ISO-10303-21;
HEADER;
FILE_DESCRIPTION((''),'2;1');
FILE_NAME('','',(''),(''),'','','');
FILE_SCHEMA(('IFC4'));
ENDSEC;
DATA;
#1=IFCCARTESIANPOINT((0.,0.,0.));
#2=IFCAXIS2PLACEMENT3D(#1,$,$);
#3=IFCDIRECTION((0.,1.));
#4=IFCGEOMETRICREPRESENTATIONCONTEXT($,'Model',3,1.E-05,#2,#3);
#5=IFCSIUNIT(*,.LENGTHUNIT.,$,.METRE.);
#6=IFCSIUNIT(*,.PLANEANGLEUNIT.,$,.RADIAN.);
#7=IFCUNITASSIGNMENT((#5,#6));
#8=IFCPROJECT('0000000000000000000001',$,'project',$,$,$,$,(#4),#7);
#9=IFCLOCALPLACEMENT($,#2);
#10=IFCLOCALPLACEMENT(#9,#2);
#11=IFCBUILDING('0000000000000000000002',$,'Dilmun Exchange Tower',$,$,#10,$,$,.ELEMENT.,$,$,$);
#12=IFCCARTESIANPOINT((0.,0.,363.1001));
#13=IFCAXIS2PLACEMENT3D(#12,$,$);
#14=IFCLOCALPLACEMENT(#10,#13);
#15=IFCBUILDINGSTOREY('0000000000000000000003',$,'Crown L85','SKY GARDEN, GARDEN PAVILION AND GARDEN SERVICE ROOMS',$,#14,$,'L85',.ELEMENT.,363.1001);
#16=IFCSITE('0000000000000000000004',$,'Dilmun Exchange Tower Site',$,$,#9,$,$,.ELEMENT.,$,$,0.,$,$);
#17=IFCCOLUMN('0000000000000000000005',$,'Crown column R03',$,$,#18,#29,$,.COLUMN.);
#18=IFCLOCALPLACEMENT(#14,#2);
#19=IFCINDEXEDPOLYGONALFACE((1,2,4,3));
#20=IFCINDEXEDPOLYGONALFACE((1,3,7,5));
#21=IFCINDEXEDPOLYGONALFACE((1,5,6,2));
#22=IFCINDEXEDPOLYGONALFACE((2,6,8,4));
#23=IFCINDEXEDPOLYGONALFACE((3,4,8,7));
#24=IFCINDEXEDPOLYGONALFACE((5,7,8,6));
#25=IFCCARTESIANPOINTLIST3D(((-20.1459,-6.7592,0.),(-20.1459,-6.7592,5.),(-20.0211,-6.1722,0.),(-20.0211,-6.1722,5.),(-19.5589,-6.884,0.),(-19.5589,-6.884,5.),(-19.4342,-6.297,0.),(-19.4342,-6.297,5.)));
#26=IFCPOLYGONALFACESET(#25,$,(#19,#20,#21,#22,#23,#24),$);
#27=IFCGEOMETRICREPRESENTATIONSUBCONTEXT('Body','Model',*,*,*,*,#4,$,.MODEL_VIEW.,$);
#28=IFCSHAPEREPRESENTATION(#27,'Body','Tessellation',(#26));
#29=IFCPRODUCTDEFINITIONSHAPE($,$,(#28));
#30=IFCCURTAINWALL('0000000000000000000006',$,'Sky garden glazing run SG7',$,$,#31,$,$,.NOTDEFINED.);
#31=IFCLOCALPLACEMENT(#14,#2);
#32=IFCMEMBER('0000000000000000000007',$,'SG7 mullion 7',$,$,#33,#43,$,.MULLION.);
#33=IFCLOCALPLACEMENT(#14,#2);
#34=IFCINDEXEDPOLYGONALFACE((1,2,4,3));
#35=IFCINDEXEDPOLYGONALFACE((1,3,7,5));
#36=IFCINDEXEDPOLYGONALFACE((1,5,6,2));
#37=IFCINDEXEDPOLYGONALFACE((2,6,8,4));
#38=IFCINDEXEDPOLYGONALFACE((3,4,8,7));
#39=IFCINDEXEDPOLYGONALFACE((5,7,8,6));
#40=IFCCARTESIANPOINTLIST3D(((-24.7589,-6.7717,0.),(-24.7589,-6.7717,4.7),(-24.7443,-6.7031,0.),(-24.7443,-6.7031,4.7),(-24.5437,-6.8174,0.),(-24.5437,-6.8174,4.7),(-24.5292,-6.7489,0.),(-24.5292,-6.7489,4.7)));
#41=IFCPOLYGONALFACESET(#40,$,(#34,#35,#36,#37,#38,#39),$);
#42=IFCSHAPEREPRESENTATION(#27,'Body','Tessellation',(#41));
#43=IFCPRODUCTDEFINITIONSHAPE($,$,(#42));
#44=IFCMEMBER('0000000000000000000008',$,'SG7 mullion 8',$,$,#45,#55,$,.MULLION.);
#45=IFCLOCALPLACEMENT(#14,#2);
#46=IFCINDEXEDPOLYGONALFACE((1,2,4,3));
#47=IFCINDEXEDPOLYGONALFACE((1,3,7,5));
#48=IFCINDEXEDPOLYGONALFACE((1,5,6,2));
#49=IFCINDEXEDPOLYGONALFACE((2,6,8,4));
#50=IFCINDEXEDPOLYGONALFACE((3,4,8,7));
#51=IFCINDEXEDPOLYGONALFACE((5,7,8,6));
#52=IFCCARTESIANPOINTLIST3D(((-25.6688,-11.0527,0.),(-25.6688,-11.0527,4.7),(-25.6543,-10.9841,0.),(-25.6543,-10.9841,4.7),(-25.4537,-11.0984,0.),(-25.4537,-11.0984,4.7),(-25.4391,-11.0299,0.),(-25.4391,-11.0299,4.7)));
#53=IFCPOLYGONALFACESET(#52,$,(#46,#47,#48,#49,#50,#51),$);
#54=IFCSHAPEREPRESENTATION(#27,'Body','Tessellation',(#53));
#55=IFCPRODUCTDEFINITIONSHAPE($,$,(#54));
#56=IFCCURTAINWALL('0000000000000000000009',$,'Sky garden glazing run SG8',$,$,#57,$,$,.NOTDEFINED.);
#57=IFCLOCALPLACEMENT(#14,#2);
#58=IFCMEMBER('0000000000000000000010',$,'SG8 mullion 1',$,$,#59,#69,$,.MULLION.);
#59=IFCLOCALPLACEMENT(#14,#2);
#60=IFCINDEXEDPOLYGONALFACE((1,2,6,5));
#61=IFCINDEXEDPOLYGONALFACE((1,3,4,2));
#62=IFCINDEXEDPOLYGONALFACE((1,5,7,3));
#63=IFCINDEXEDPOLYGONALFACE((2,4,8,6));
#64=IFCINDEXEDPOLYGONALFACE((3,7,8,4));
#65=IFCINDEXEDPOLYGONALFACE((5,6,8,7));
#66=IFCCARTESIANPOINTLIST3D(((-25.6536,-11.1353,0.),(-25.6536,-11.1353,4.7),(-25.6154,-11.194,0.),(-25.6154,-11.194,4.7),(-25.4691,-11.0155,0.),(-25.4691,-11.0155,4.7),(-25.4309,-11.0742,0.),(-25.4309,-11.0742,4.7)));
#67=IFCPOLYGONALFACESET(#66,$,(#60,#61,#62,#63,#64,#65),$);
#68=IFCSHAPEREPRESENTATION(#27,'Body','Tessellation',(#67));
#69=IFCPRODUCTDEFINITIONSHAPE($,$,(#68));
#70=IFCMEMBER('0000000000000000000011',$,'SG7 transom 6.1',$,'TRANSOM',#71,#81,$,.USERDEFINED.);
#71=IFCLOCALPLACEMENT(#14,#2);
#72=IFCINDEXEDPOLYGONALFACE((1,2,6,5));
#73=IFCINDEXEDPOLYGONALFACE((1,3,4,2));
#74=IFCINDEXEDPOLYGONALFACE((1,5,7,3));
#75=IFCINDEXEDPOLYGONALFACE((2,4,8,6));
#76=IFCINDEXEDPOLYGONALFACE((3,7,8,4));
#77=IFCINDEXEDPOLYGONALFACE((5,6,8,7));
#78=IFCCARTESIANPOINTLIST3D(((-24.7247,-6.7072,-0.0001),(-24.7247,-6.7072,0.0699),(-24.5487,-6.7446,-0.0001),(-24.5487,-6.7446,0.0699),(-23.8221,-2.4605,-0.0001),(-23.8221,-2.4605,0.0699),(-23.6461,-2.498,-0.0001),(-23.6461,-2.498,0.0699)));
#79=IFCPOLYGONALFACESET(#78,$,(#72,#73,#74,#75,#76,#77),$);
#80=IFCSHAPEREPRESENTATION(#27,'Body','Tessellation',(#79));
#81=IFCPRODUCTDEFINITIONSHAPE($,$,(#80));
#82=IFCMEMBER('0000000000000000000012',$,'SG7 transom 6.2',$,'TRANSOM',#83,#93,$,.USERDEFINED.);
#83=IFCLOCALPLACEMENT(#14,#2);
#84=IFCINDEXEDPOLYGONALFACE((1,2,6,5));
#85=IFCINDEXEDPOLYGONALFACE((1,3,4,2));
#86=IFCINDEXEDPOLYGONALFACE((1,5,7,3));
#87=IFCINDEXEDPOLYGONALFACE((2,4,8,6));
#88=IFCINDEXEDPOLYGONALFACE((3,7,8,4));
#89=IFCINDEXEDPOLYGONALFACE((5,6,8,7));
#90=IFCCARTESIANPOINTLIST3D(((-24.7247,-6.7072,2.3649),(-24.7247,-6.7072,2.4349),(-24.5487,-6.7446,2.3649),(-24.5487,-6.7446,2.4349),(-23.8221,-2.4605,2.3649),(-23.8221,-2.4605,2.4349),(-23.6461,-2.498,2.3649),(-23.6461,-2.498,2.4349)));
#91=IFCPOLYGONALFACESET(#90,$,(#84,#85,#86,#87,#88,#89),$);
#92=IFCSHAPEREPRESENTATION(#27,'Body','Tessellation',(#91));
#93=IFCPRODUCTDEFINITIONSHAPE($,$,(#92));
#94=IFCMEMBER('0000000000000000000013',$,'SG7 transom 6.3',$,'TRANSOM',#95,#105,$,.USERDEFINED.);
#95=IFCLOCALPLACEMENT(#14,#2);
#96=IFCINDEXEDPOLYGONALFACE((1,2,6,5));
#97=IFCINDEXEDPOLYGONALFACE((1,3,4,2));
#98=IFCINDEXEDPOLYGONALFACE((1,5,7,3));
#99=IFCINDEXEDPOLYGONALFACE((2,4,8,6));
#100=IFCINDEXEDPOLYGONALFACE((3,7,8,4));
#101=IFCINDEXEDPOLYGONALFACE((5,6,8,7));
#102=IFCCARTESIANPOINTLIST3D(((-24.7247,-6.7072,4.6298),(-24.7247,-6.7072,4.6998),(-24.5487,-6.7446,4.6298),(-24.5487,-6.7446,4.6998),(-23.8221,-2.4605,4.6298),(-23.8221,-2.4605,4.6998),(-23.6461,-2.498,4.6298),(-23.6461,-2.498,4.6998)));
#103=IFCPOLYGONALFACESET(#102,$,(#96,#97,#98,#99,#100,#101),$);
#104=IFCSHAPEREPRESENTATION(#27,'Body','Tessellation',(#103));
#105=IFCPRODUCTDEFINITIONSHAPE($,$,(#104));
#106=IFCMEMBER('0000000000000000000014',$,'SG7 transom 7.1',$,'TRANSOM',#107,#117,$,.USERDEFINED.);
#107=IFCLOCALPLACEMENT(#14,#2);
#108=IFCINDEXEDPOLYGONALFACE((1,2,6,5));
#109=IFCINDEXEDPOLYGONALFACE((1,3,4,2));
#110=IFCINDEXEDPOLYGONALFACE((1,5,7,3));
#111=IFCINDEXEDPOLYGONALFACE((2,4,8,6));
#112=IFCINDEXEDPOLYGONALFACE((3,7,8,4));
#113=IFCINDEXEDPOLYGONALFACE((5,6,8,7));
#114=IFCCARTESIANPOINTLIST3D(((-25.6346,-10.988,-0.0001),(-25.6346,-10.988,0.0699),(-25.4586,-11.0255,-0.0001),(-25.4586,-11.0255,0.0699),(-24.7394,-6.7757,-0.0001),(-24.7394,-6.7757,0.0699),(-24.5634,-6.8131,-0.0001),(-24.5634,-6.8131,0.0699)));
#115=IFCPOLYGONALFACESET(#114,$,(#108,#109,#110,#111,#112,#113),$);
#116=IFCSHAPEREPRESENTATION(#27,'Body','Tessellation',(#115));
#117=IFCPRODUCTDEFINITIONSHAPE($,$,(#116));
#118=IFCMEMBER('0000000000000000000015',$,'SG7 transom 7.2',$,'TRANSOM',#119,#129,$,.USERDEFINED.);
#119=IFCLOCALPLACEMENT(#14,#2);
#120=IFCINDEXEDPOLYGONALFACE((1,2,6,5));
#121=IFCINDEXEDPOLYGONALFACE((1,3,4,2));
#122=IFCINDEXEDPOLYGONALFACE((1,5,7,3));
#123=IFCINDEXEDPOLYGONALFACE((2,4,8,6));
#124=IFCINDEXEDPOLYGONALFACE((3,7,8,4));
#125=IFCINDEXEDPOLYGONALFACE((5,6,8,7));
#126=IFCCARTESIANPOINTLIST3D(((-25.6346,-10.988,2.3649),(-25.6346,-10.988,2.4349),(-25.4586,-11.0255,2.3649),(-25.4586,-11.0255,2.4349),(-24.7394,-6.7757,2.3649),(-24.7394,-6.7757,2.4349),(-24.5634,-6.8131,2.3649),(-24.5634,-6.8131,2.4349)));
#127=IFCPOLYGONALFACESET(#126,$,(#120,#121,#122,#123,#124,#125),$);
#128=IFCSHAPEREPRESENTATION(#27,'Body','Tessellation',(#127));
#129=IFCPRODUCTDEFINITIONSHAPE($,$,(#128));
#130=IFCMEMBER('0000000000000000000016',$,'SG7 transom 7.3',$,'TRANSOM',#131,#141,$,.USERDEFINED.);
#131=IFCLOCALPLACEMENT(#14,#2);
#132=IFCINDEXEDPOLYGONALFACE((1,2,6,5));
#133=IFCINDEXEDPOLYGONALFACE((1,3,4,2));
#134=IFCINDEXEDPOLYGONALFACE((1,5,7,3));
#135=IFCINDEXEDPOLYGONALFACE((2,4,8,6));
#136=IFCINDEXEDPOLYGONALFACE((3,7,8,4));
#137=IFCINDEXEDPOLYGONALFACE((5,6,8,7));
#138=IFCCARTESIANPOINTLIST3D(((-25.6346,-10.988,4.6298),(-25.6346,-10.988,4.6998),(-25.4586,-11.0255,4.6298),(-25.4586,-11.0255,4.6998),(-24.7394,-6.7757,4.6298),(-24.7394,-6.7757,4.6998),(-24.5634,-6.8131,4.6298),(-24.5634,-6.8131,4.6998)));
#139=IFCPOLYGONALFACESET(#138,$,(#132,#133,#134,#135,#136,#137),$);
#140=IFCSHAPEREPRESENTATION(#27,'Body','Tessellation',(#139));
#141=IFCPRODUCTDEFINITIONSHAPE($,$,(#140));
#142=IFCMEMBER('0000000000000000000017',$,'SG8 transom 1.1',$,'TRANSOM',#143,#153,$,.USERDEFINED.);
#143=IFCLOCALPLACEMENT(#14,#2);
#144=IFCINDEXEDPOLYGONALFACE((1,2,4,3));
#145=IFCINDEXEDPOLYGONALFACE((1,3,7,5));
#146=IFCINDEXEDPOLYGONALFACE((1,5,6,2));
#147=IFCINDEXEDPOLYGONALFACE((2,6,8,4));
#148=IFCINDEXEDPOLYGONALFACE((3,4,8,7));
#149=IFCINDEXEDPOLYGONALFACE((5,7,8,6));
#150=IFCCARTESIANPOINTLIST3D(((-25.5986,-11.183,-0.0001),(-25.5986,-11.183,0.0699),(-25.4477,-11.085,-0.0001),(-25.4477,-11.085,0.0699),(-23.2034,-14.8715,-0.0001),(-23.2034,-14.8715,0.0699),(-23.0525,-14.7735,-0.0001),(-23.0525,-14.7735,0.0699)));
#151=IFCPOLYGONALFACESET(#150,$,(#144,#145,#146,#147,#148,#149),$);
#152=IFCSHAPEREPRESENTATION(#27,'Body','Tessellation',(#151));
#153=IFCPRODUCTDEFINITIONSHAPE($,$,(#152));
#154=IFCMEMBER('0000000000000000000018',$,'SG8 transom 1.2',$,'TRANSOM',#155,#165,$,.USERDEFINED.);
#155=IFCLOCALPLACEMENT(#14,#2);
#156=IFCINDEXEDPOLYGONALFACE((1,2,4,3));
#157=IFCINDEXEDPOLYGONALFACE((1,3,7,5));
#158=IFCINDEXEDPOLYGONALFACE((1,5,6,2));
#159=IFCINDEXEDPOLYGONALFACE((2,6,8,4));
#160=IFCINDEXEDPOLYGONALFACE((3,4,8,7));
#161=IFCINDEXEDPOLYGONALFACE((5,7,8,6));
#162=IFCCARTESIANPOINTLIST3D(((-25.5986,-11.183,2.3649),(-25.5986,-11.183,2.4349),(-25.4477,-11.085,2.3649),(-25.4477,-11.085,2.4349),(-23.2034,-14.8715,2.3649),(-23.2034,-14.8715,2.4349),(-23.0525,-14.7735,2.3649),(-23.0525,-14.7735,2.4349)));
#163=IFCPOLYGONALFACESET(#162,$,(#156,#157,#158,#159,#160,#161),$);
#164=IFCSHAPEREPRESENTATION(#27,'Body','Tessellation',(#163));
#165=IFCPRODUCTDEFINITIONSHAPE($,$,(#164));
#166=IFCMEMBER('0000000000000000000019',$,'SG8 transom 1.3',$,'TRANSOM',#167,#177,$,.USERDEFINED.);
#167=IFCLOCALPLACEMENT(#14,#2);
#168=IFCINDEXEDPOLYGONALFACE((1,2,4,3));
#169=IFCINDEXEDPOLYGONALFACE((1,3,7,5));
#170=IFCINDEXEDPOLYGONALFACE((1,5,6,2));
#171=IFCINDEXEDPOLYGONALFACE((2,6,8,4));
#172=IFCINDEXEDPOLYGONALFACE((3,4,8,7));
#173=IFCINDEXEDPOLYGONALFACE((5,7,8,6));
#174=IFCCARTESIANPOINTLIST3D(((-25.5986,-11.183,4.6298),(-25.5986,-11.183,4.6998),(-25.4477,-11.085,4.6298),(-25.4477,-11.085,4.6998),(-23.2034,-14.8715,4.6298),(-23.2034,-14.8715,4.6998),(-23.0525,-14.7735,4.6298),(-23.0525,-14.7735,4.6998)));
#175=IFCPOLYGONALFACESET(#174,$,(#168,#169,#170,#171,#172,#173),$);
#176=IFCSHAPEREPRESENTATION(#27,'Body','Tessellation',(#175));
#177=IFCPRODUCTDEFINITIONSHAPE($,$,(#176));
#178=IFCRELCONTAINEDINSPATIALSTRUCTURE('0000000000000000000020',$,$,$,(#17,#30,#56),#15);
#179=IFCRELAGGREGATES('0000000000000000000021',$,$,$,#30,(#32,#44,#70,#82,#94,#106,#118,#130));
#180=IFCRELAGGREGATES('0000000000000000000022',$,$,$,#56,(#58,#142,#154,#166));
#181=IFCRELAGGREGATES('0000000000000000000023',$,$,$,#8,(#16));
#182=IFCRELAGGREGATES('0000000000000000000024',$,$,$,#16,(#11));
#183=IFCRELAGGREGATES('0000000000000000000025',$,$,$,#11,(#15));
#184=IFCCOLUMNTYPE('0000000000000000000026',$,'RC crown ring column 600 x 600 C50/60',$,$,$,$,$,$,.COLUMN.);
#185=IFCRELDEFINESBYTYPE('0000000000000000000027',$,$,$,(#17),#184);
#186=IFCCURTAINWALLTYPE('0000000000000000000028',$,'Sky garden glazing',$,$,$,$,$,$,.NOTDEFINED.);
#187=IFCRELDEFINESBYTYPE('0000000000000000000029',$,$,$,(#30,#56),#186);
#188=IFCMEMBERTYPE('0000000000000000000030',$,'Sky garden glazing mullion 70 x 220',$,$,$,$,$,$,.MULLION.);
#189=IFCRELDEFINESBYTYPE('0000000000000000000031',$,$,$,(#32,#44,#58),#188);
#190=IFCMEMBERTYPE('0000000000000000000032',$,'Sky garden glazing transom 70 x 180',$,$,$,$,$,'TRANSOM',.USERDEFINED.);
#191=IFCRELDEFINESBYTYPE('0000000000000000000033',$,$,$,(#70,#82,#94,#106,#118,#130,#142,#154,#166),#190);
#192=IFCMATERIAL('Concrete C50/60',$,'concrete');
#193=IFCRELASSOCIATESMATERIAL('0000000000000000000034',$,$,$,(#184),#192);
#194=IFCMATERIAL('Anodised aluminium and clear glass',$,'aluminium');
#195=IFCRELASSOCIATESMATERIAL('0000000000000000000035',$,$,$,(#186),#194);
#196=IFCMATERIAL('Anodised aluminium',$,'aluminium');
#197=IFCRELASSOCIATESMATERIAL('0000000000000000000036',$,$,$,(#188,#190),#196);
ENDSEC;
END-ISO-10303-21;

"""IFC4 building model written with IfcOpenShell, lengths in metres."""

from ifc_helpers import new_model, si_unit, direction, frame, origin, origin_2d, place, context, subcontext, project, spatial, rectangle, extrude, material, material_profile, profile_set, type_object, element, aggregate, save


model = new_model("IFC4")

# Units and contexts
model_context = context("Model", 3, precision=1e-05, world=origin(), true_north=direction((0.0, 1.0)))
body_context = subcontext(model_context, "Body", "Model", "MODEL_VIEW")
ifc_project = project(units=[si_unit("LENGTHUNIT", "METRE"), si_unit("PLANEANGLEUNIT", "RADIAN")], contexts=[model_context])

# Site, building, storey
site_placement = place(None, origin())
site = spatial("IfcSite", under=ifc_project, at=site_placement, Name="Dilmun Exchange Tower Site", CompositionType="ELEMENT", RefElevation=0.0)
building_placement = place(site_placement, origin())
building = spatial("IfcBuilding", under=site, at=building_placement, Name="Dilmun Exchange Tower", CompositionType="ELEMENT")
storey_placement = place(building_placement, frame((0.0, 0.0, 363.1001)))
storey = spatial("IfcBuildingStorey", under=building, at=storey_placement, Name="Crown L85", Description="SKY GARDEN, GARDEN PAVILION AND GARDEN SERVICE ROOMS", LongName="L85", CompositionType="ELEMENT", Elevation=363.1001)

# Column
ifc_material_1 = material(Name="Concrete C50/60", Category="concrete")
ifc_material_profile_1 = material_profile(ifc_material_1, rectangle(XDim=0.6001, YDim=0.6001, at=origin_2d()), Name="600 x 600")
ifc_profile_set_1 = profile_set([ifc_material_profile_1], Name="Concrete C50/60")
column_type = type_object("IfcColumnType", Name="RC crown ring column 600 x 600 C50/60", PredefinedType="COLUMN", material=ifc_profile_set_1)
column_placement = place(storey_placement, frame((-19.79, -6.5281, 0.0), z_axis=(0.0, 0.0, 1.0), x_axis=(0.207912, 0.978148, 0.0)))
element("IfcColumn", 1, at=column_placement, inside=storey, type_object=column_type, Name="Crown column R03", PredefinedType="COLUMN", context=body_context, shape_type="SweptSolid", body=[
    extrude(rectangle(XDim=0.6001, YDim=0.6001, at=origin_2d()), origin(), (0.0, 0.0, 1.0), 5.0),
])

# Curtain wall, members
ifc_material_2 = material(Name="Anodised aluminium and clear glass", Category="aluminium")
curtain_wall_type = type_object("IfcCurtainWallType", Name="Sky garden glazing", PredefinedType="NOTDEFINED", material=ifc_material_2)
curtain_wall_1_placement = place(storey_placement, origin())
curtain_wall_1 = element("IfcCurtainWall", 2, at=curtain_wall_1_placement, inside=storey, type_object=curtain_wall_type, Name="Sky garden glazing run SG7", PredefinedType="NOTDEFINED")
ifc_material_3 = material(Name="Anodised aluminium", Category="aluminium")
ifc_material_profile_2 = material_profile(ifc_material_3, rectangle(XDim=0.22, YDim=0.0701, at=origin_2d()), Name="AL 70x220")
ifc_profile_set_2 = profile_set([ifc_material_profile_2], Name="Anodised aluminium")
member_type_1 = type_object("IfcMemberType", Name="Sky garden glazing mullion 70 x 220", PredefinedType="MULLION", material=ifc_profile_set_2)
member_1_placement = place(storey_placement, frame((-24.644, -6.7603, 0.0), z_axis=(0.0, 0.0, 1.0), x_axis=(0.978148, -0.207911, 0.0)))
member_1 = element("IfcMember", 3, at=member_1_placement, type_object=member_type_1, Name="SG7 mullion 7", PredefinedType="MULLION", context=body_context, shape_type="SweptSolid", body=[
    extrude(rectangle(XDim=0.22, YDim=0.0701, at=origin_2d()), origin(), (0.0, 0.0, 1.0), 4.7),
])
member_2_placement = place(storey_placement, frame((-25.554, -11.0413, 0.0), z_axis=(0.0, 0.0, 1.0), x_axis=(0.978148, -0.207911, 0.0)))
member_2 = element("IfcMember", 4, at=member_2_placement, type_object=member_type_1, Name="SG7 mullion 8", PredefinedType="MULLION", context=body_context, shape_type="SweptSolid", body=[
    extrude(rectangle(XDim=0.22, YDim=0.0701, at=origin_2d()), origin(), (0.0, 0.0, 1.0), 4.7),
])

# Curtain wall, member
curtain_wall_2_placement = place(storey_placement, origin())
curtain_wall_2 = element("IfcCurtainWall", 5, at=curtain_wall_2_placement, inside=storey, type_object=curtain_wall_type, Name="Sky garden glazing run SG8", PredefinedType="NOTDEFINED")
member_3_placement = place(storey_placement, frame((-25.5422, -11.1047, 0.0), z_axis=(0.0, 0.0, 1.0), x_axis=(0.838667, 0.544644, 0.0)))
member_3 = element("IfcMember", 6, at=member_3_placement, type_object=member_type_1, Name="SG8 mullion 1", PredefinedType="MULLION", context=body_context, shape_type="SweptSolid", body=[
    extrude(rectangle(XDim=0.22, YDim=0.0701, at=origin_2d()), origin(), (0.0, 0.0, 1.0), 4.7),
])

# Members
ifc_material_profile_3 = material_profile(ifc_material_3, rectangle(XDim=0.1799, YDim=0.0701, at=origin_2d()), Name="AL 70x180")
ifc_profile_set_3 = profile_set([ifc_material_profile_3], Name="Anodised aluminium")
member_type_2 = type_object("IfcMemberType", Name="Sky garden glazing transom 70 x 180", ElementType="TRANSOM", PredefinedType="USERDEFINED", material=ifc_profile_set_3)
member_4_placement = place(storey_placement, frame((-23.7341, -2.4792, 0.0349), z_axis=(-0.2079, -0.97815, 0.0), x_axis=(0.97815, -0.2079, 0.0)))
member_4 = element("IfcMember", 7, at=member_4_placement, type_object=member_type_2, Name="SG7 transom 6.1", ObjectType="TRANSOM", PredefinedType="USERDEFINED", context=body_context, shape_type="SweptSolid", body=[
    extrude(rectangle(XDim=0.1799, YDim=0.0701, at=origin_2d()), origin(), (0.0, 0.0, 1.0), 4.3416),
])
member_5_placement = place(storey_placement, frame((-23.7341, -2.4792, 2.3999), z_axis=(-0.2079, -0.97815, 0.0), x_axis=(0.97815, -0.2079, 0.0)))
member_5 = element("IfcMember", 8, at=member_5_placement, type_object=member_type_2, Name="SG7 transom 6.2", ObjectType="TRANSOM", PredefinedType="USERDEFINED", context=body_context, shape_type="SweptSolid", body=[
    extrude(rectangle(XDim=0.1799, YDim=0.0701, at=origin_2d()), origin(), (0.0, 0.0, 1.0), 4.3416),
])
member_6_placement = place(storey_placement, frame((-23.7341, -2.4792, 4.6648), z_axis=(-0.2079, -0.97815, 0.0), x_axis=(0.97815, -0.2079, 0.0)))
member_6 = element("IfcMember", 9, at=member_6_placement, type_object=member_type_2, Name="SG7 transom 6.3", ObjectType="TRANSOM", PredefinedType="USERDEFINED", context=body_context, shape_type="SweptSolid", body=[
    extrude(rectangle(XDim=0.1799, YDim=0.0701, at=origin_2d()), origin(), (0.0, 0.0, 1.0), 4.3416),
])
member_7_placement = place(storey_placement, frame((-24.6514, -6.7944, 0.0349), z_axis=(-0.207887, -0.978153, 0.0), x_axis=(0.978153, -0.207887, 0.0)))
member_7 = element("IfcMember", 10, at=member_7_placement, type_object=member_type_2, Name="SG7 transom 7.1", ObjectType="TRANSOM", PredefinedType="USERDEFINED", context=body_context, shape_type="SweptSolid", body=[
    extrude(rectangle(XDim=0.1799, YDim=0.0701, at=origin_2d()), origin(), (0.0, 0.0, 1.0), 4.3064),
])
member_8_placement = place(storey_placement, frame((-24.6514, -6.7944, 2.3999), z_axis=(-0.207887, -0.978153, 0.0), x_axis=(0.978153, -0.207887, 0.0)))
member_8 = element("IfcMember", 11, at=member_8_placement, type_object=member_type_2, Name="SG7 transom 7.2", ObjectType="TRANSOM", PredefinedType="USERDEFINED", context=body_context, shape_type="SweptSolid", body=[
    extrude(rectangle(XDim=0.1799, YDim=0.0701, at=origin_2d()), origin(), (0.0, 0.0, 1.0), 4.3064),
])
member_9_placement = place(storey_placement, frame((-24.6514, -6.7944, 4.6648), z_axis=(-0.207887, -0.978153, 0.0), x_axis=(0.978153, -0.207887, 0.0)))
member_9 = element("IfcMember", 12, at=member_9_placement, type_object=member_type_2, Name="SG7 transom 7.3", ObjectType="TRANSOM", PredefinedType="USERDEFINED", context=body_context, shape_type="SweptSolid", body=[
    extrude(rectangle(XDim=0.1799, YDim=0.0701, at=origin_2d()), origin(), (0.0, 0.0, 1.0), 4.3064),
])
member_10_placement = place(storey_placement, frame((-25.5232, -11.134, 0.0349), z_axis=(0.544629, -0.838677, 0.0), x_axis=(0.838677, 0.544629, 0.0)))
member_10 = element("IfcMember", 13, at=member_10_placement, type_object=member_type_2, Name="SG8 transom 1.1", ObjectType="TRANSOM", PredefinedType="USERDEFINED", context=body_context, shape_type="SweptSolid", body=[
    extrude(rectangle(XDim=0.1799, YDim=0.0701, at=origin_2d()), origin(), (0.0, 0.0, 1.0), 4.3979),
])
member_11_placement = place(storey_placement, frame((-25.5232, -11.134, 2.3999), z_axis=(0.544629, -0.838677, 0.0), x_axis=(0.838677, 0.544629, 0.0)))
member_11 = element("IfcMember", 14, at=member_11_placement, type_object=member_type_2, Name="SG8 transom 1.2", ObjectType="TRANSOM", PredefinedType="USERDEFINED", context=body_context, shape_type="SweptSolid", body=[
    extrude(rectangle(XDim=0.1799, YDim=0.0701, at=origin_2d()), origin(), (0.0, 0.0, 1.0), 4.3979),
])
member_12_placement = place(storey_placement, frame((-25.5232, -11.134, 4.6648), z_axis=(0.544629, -0.838677, 0.0), x_axis=(0.838677, 0.544629, 0.0)))
member_12 = element("IfcMember", 15, at=member_12_placement, type_object=member_type_2, Name="SG8 transom 1.3", ObjectType="TRANSOM", PredefinedType="USERDEFINED", context=body_context, shape_type="SweptSolid", body=[
    extrude(rectangle(XDim=0.1799, YDim=0.0701, at=origin_2d()), origin(), (0.0, 0.0, 1.0), 4.3979),
])

aggregate(curtain_wall_1, [member_1, member_2, member_4, member_5, member_6, member_7, member_8, member_9])
aggregate(curtain_wall_2, [member_3, member_10, member_11, member_12])

save(model, "model.ifc")
